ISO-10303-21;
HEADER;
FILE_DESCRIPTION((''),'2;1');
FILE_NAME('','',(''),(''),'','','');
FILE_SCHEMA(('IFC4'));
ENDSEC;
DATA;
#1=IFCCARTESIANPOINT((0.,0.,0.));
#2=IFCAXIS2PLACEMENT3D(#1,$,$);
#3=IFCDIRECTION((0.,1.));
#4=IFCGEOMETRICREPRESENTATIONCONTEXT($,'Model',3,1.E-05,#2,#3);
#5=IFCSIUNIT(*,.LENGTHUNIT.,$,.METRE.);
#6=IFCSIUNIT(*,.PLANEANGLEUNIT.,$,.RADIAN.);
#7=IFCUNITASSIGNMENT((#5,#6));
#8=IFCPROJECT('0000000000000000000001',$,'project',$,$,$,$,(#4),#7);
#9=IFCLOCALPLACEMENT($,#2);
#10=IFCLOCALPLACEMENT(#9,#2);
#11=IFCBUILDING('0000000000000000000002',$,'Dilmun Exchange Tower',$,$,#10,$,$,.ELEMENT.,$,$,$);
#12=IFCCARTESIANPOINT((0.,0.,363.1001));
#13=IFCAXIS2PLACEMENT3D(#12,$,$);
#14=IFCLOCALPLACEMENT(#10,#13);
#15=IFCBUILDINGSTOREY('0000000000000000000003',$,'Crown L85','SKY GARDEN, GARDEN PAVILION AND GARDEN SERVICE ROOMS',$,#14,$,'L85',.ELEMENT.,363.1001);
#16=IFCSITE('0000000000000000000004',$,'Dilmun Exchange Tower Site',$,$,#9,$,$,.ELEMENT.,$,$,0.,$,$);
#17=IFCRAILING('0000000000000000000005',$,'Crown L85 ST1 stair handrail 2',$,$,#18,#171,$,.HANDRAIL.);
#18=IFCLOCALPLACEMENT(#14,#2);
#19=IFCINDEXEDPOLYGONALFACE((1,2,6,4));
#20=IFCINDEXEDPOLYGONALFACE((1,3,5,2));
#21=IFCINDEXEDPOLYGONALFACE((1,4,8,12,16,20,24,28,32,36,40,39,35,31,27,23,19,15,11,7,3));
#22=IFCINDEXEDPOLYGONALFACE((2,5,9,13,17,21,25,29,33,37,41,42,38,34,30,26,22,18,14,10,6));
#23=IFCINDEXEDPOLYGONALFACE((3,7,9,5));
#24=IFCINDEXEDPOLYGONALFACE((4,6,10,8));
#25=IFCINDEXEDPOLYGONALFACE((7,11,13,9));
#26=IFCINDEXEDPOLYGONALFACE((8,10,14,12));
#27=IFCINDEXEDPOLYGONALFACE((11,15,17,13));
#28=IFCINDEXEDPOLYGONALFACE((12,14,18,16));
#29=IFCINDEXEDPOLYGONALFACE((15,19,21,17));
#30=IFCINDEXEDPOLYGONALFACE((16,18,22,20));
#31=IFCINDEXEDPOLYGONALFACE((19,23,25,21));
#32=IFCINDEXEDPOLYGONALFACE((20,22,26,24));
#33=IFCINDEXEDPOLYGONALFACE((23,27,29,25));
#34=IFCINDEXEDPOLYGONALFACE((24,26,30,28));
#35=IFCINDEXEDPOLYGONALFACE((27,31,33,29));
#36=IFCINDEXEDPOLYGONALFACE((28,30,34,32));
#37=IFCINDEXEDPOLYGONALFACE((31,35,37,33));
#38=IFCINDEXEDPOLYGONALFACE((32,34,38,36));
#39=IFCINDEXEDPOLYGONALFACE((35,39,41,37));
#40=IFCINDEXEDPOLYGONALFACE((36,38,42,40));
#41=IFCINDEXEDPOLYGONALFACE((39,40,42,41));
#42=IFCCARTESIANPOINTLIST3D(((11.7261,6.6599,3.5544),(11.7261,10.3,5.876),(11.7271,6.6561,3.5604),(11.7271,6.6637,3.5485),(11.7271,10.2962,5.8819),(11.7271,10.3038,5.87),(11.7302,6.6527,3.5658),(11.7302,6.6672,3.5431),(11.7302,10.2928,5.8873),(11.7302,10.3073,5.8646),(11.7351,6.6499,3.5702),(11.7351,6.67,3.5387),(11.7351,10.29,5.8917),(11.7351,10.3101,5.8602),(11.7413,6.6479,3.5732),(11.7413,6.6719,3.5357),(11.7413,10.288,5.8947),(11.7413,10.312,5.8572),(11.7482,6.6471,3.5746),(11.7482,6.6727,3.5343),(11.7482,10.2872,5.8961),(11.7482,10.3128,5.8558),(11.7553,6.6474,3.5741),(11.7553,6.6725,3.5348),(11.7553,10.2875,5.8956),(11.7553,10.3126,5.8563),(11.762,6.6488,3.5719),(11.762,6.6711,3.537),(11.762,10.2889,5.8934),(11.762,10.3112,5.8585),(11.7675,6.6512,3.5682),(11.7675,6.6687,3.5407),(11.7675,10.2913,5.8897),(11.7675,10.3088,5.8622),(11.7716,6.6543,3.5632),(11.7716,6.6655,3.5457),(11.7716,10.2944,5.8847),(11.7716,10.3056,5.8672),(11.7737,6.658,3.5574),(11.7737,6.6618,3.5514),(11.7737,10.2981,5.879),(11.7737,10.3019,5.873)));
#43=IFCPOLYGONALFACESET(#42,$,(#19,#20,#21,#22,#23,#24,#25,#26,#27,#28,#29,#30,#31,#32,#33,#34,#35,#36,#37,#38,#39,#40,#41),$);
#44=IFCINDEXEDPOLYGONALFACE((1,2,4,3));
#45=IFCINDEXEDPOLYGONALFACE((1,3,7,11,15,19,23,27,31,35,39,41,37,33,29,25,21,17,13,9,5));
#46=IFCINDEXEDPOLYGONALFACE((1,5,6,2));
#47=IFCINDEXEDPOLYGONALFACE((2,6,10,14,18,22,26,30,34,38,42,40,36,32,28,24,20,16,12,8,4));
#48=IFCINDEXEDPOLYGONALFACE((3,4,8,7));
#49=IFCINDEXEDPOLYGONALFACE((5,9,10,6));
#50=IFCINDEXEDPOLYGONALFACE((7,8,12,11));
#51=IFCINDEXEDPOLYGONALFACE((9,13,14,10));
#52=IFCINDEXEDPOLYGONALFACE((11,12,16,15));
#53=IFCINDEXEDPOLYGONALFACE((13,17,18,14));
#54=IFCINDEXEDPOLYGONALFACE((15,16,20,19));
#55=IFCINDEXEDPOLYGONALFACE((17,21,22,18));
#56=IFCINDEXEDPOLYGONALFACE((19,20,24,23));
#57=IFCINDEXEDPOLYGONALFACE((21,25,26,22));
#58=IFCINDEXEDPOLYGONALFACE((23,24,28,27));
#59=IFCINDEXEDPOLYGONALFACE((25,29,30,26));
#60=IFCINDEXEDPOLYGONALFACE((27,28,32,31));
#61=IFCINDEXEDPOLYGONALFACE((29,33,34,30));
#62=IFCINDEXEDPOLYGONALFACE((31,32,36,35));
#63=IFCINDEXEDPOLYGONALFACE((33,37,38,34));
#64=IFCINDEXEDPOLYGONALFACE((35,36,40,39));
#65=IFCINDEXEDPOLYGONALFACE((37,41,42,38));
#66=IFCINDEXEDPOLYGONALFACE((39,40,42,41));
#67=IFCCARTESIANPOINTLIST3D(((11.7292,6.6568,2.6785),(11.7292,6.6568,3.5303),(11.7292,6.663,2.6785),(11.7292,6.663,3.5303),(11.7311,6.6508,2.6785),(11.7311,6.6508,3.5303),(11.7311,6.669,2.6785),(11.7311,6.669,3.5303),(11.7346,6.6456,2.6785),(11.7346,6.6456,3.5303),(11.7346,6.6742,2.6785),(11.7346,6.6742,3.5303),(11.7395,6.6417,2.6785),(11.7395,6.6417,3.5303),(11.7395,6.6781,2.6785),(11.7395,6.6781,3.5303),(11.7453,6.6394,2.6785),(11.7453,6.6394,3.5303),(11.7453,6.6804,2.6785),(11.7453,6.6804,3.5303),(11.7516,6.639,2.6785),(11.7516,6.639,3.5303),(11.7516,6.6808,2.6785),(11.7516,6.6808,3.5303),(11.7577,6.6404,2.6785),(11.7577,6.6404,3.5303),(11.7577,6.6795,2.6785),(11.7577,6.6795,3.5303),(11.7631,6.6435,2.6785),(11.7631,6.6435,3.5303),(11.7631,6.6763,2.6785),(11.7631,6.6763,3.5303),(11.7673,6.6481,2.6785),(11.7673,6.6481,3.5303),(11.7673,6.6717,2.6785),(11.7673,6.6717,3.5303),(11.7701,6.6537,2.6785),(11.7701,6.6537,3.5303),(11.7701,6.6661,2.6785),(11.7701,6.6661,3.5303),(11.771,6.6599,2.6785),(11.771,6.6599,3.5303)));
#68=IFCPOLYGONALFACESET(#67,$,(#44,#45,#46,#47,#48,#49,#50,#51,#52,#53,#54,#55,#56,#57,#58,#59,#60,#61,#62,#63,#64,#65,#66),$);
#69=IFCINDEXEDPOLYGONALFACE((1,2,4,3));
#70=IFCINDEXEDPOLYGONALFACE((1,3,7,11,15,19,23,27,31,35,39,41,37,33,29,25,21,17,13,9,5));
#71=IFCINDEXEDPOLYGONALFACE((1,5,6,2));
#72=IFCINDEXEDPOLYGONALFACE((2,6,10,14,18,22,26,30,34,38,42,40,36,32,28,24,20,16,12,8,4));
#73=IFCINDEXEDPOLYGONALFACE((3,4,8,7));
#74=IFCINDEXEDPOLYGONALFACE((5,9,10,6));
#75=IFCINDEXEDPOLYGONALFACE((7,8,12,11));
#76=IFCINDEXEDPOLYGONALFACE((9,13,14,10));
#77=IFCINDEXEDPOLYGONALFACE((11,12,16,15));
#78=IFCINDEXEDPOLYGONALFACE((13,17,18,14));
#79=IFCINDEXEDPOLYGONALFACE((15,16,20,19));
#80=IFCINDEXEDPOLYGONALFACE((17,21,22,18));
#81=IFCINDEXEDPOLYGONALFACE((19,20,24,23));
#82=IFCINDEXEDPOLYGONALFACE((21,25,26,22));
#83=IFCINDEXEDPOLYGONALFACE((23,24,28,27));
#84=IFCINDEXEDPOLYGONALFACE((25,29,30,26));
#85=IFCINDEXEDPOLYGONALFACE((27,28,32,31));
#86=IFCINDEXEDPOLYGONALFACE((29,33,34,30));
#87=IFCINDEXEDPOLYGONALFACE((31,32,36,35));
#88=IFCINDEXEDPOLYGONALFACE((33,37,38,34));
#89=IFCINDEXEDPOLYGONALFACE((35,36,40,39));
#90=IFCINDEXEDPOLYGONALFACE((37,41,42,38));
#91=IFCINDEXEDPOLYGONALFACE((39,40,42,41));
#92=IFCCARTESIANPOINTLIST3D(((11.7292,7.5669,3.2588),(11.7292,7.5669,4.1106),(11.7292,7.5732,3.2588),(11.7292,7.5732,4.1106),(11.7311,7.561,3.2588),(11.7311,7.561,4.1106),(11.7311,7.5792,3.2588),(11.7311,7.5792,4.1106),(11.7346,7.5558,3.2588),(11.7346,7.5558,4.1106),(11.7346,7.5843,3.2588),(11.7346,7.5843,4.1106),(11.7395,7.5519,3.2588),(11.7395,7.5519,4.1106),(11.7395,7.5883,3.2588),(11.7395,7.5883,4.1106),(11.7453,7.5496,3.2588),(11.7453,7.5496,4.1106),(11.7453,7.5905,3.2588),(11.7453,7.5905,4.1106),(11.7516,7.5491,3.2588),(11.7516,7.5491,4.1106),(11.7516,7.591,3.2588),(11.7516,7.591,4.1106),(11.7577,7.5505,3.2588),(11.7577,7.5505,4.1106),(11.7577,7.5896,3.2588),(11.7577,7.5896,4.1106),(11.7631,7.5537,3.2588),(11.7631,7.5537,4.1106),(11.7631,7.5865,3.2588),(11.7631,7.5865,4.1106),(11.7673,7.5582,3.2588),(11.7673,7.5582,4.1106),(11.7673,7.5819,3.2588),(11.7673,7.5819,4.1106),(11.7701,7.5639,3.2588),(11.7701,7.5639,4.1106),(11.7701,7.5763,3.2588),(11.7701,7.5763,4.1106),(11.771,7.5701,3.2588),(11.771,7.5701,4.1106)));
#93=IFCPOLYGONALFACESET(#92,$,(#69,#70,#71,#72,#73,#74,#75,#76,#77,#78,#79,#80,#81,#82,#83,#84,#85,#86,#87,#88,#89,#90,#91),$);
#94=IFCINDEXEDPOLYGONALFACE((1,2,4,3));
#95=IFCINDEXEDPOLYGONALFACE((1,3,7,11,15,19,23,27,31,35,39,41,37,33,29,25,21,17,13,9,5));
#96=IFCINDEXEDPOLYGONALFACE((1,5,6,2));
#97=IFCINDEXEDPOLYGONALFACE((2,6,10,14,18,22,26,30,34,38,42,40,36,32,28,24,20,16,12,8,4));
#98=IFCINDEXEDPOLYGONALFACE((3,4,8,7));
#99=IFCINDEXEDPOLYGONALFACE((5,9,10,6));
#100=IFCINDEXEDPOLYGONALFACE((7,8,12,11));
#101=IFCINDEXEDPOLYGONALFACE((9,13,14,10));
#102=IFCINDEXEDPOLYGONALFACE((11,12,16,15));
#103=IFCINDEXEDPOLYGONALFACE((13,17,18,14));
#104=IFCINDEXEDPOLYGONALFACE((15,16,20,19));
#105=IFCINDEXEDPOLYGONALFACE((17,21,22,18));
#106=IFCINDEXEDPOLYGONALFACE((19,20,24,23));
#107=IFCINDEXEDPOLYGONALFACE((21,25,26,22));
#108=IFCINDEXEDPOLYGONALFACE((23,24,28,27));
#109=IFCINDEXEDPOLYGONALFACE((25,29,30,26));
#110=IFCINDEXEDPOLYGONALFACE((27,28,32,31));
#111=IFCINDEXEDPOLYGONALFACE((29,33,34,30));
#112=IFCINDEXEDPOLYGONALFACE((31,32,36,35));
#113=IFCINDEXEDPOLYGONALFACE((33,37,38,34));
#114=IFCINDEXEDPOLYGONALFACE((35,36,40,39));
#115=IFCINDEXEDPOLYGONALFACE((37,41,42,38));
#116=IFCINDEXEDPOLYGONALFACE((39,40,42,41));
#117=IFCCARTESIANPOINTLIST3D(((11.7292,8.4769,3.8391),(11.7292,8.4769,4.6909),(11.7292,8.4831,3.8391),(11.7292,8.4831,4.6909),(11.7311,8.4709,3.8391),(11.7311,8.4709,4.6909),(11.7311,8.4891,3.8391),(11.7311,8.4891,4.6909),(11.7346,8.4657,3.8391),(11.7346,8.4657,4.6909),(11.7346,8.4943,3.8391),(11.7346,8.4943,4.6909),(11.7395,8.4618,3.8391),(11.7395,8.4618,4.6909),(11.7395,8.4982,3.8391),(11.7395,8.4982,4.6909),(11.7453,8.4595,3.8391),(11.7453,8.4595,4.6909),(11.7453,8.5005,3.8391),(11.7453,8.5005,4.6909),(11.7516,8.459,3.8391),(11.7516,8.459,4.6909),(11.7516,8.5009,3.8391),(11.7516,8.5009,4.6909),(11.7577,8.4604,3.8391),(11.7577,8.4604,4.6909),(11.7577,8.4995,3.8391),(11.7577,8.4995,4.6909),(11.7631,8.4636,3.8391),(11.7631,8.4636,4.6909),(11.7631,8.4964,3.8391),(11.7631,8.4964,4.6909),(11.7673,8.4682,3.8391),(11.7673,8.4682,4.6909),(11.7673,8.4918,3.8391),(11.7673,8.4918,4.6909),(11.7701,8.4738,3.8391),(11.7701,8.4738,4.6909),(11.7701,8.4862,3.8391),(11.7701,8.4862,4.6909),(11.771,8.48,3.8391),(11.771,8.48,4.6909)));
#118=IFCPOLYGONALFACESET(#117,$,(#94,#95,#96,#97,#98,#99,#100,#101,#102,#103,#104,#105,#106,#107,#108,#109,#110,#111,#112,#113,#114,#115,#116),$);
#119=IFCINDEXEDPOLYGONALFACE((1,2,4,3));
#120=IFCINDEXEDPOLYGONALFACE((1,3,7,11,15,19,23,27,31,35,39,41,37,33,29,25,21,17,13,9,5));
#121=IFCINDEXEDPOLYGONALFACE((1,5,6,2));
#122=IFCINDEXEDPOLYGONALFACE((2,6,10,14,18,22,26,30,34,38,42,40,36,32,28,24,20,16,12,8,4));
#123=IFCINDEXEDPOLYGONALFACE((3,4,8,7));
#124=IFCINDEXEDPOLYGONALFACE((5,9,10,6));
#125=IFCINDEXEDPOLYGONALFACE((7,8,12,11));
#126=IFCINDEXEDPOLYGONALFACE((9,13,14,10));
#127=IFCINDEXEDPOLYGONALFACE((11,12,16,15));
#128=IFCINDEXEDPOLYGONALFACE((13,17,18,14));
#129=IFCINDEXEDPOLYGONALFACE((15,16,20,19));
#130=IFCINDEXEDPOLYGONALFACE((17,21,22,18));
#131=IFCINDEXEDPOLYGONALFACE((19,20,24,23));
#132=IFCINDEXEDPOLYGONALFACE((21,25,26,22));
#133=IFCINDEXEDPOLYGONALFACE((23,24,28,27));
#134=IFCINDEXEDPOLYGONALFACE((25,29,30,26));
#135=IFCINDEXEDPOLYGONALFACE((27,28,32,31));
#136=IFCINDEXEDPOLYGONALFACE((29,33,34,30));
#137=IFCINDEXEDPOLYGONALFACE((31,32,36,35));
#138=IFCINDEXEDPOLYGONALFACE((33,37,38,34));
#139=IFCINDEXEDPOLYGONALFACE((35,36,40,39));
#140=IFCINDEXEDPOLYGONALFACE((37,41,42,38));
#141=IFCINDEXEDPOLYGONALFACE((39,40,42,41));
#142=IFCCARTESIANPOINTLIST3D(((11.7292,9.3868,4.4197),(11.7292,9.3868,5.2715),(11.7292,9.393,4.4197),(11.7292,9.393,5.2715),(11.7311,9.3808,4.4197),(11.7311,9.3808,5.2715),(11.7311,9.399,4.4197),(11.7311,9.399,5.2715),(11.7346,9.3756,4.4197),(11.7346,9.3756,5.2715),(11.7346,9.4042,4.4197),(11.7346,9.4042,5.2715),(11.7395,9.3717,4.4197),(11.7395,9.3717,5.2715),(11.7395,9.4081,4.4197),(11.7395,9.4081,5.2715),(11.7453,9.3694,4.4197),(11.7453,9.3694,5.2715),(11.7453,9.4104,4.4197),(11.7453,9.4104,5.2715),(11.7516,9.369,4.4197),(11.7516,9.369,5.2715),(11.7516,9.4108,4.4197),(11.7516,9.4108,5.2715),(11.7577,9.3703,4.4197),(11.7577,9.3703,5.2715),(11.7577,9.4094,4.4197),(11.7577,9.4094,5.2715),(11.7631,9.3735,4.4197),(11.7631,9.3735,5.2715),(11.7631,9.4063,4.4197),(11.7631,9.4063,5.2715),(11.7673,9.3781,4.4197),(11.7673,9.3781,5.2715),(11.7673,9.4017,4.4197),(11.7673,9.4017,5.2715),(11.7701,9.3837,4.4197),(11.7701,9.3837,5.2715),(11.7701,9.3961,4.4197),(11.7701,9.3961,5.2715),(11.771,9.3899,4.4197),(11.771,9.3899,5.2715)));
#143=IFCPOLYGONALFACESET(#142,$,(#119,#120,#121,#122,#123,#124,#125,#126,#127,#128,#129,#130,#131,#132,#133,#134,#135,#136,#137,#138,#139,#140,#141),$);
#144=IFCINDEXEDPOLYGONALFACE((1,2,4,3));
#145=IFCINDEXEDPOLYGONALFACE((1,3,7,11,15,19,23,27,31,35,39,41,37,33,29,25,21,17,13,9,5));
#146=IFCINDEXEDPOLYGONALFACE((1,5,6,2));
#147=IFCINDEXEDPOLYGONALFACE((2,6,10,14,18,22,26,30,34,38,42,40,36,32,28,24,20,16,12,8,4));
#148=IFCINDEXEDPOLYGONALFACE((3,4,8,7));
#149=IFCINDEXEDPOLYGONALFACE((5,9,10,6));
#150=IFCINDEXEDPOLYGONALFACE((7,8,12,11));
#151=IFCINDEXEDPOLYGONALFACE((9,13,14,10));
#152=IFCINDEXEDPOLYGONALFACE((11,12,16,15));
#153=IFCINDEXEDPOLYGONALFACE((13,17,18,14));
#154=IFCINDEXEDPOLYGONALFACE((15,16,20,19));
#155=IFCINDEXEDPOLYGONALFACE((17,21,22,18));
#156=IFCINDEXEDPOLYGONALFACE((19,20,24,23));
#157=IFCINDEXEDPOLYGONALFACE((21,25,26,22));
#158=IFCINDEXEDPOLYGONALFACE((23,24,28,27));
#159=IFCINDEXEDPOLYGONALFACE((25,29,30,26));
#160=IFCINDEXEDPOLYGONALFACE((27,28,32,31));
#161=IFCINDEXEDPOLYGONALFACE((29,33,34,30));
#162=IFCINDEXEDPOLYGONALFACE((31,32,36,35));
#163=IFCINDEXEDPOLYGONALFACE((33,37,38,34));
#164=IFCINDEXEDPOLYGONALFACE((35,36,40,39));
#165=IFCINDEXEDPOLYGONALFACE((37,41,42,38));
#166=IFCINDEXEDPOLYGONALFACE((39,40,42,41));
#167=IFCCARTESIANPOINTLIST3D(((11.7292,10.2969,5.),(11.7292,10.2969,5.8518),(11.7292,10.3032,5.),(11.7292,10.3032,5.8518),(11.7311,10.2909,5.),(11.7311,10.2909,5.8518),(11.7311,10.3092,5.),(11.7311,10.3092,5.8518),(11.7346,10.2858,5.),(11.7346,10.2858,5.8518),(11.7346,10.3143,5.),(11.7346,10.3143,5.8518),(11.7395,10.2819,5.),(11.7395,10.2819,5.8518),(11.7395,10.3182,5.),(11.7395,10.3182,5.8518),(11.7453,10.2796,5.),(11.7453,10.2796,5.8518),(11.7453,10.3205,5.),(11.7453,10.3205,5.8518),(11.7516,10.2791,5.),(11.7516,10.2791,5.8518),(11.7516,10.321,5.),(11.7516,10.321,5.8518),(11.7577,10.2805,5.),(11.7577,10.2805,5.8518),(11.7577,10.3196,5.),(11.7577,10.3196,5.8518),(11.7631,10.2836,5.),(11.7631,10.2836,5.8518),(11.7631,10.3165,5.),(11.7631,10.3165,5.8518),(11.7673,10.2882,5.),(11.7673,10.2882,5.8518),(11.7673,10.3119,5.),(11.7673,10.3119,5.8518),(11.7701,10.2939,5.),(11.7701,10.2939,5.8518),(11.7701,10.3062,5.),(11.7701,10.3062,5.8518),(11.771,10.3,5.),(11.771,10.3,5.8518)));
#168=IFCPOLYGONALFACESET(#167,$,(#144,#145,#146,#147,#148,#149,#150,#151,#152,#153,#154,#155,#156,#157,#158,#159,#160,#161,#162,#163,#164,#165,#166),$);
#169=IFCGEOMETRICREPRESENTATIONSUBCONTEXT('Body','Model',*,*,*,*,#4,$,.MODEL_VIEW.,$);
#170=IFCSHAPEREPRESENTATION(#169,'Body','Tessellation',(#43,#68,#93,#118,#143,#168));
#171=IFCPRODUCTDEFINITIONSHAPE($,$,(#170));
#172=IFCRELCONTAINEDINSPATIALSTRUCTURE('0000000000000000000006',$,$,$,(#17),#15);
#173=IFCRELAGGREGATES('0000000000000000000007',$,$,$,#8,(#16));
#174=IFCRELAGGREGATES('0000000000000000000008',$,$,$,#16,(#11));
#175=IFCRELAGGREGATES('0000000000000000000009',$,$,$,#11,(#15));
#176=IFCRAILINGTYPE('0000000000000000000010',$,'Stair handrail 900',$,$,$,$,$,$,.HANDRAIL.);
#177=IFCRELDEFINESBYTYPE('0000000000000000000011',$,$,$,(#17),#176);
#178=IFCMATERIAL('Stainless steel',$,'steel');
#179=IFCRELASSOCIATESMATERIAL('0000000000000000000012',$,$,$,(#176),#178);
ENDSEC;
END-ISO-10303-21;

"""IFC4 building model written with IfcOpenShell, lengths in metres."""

from ifc_helpers import new_model, si_unit, direction, frame, origin, origin_2d, place, context, subcontext, project, spatial, circle, extrude, material, type_object, element, save


model = new_model("IFC4")

# Units and contexts
model_context = context("Model", 3, precision=1e-05, world=origin(), true_north=direction((0.0, 1.0)))
body_context = subcontext(model_context, "Body", "Model", "MODEL_VIEW")
ifc_project = project(units=[si_unit("LENGTHUNIT", "METRE"), si_unit("PLANEANGLEUNIT", "RADIAN")], contexts=[model_context])

# Site, building, storey
site_placement = place(None, origin())
site = spatial("IfcSite", under=ifc_project, at=site_placement, Name="Dilmun Exchange Tower Site", CompositionType="ELEMENT", RefElevation=0.0)
building_placement = place(site_placement, origin())
building = spatial("IfcBuilding", under=site, at=building_placement, Name="Dilmun Exchange Tower", CompositionType="ELEMENT")
storey_placement = place(building_placement, frame((0.0, 0.0, 363.1001)))
storey = spatial("IfcBuildingStorey", under=building, at=storey_placement, Name="Crown L85", Description="SKY GARDEN, GARDEN PAVILION AND GARDEN SERVICE ROOMS", LongName="L85", CompositionType="ELEMENT", Elevation=363.1001)

# Railing
ifc_material_1 = material(Name="Stainless steel", Category="steel")
railing_type = type_object("IfcRailingType", Name="Stair handrail 900", PredefinedType="HANDRAIL", material=ifc_material_1)
railing_1_placement = place(storey_placement, frame((11.75, 6.6599, 2.6785)))
element("IfcRailing", 1, at=railing_1_placement, inside=storey, type_object=railing_type, Name="Crown L85 ST1 stair handrail 2", PredefinedType="HANDRAIL", context=body_context, shape_type="SweptSolid", body=[
    extrude(circle(Radius=0.0239, at=origin_2d()), frame((0.0, 0.0, 0.876), z_axis=(0.0, 0.843128, 0.537713), x_axis=(-1.0, 0.0, 0.0)), (0.0, 0.0, 1.0), 4.3174),
    extrude(circle(Radius=0.021, at=origin_2d()), origin(), (0.0, 0.0, 1.0), 0.8518),
    extrude(circle(Radius=0.021, at=origin_2d()), frame((0.0, 0.9102, 0.5803)), (0.0, 0.0, 1.0), 0.8518),
    extrude(circle(Radius=0.021, at=origin_2d()), frame((0.0, 1.8201, 1.1606)), (0.0, 0.0, 1.0), 0.8518),
    extrude(circle(Radius=0.021, at=origin_2d()), frame((0.0, 2.73, 1.7412)), (0.0, 0.0, 1.0), 0.8518),
    extrude(circle(Radius=0.021, at=origin_2d()), frame((0.0, 3.6401, 2.3215)), (0.0, 0.0, 1.0), 0.8518),
])

save(model, "model.ifc")
